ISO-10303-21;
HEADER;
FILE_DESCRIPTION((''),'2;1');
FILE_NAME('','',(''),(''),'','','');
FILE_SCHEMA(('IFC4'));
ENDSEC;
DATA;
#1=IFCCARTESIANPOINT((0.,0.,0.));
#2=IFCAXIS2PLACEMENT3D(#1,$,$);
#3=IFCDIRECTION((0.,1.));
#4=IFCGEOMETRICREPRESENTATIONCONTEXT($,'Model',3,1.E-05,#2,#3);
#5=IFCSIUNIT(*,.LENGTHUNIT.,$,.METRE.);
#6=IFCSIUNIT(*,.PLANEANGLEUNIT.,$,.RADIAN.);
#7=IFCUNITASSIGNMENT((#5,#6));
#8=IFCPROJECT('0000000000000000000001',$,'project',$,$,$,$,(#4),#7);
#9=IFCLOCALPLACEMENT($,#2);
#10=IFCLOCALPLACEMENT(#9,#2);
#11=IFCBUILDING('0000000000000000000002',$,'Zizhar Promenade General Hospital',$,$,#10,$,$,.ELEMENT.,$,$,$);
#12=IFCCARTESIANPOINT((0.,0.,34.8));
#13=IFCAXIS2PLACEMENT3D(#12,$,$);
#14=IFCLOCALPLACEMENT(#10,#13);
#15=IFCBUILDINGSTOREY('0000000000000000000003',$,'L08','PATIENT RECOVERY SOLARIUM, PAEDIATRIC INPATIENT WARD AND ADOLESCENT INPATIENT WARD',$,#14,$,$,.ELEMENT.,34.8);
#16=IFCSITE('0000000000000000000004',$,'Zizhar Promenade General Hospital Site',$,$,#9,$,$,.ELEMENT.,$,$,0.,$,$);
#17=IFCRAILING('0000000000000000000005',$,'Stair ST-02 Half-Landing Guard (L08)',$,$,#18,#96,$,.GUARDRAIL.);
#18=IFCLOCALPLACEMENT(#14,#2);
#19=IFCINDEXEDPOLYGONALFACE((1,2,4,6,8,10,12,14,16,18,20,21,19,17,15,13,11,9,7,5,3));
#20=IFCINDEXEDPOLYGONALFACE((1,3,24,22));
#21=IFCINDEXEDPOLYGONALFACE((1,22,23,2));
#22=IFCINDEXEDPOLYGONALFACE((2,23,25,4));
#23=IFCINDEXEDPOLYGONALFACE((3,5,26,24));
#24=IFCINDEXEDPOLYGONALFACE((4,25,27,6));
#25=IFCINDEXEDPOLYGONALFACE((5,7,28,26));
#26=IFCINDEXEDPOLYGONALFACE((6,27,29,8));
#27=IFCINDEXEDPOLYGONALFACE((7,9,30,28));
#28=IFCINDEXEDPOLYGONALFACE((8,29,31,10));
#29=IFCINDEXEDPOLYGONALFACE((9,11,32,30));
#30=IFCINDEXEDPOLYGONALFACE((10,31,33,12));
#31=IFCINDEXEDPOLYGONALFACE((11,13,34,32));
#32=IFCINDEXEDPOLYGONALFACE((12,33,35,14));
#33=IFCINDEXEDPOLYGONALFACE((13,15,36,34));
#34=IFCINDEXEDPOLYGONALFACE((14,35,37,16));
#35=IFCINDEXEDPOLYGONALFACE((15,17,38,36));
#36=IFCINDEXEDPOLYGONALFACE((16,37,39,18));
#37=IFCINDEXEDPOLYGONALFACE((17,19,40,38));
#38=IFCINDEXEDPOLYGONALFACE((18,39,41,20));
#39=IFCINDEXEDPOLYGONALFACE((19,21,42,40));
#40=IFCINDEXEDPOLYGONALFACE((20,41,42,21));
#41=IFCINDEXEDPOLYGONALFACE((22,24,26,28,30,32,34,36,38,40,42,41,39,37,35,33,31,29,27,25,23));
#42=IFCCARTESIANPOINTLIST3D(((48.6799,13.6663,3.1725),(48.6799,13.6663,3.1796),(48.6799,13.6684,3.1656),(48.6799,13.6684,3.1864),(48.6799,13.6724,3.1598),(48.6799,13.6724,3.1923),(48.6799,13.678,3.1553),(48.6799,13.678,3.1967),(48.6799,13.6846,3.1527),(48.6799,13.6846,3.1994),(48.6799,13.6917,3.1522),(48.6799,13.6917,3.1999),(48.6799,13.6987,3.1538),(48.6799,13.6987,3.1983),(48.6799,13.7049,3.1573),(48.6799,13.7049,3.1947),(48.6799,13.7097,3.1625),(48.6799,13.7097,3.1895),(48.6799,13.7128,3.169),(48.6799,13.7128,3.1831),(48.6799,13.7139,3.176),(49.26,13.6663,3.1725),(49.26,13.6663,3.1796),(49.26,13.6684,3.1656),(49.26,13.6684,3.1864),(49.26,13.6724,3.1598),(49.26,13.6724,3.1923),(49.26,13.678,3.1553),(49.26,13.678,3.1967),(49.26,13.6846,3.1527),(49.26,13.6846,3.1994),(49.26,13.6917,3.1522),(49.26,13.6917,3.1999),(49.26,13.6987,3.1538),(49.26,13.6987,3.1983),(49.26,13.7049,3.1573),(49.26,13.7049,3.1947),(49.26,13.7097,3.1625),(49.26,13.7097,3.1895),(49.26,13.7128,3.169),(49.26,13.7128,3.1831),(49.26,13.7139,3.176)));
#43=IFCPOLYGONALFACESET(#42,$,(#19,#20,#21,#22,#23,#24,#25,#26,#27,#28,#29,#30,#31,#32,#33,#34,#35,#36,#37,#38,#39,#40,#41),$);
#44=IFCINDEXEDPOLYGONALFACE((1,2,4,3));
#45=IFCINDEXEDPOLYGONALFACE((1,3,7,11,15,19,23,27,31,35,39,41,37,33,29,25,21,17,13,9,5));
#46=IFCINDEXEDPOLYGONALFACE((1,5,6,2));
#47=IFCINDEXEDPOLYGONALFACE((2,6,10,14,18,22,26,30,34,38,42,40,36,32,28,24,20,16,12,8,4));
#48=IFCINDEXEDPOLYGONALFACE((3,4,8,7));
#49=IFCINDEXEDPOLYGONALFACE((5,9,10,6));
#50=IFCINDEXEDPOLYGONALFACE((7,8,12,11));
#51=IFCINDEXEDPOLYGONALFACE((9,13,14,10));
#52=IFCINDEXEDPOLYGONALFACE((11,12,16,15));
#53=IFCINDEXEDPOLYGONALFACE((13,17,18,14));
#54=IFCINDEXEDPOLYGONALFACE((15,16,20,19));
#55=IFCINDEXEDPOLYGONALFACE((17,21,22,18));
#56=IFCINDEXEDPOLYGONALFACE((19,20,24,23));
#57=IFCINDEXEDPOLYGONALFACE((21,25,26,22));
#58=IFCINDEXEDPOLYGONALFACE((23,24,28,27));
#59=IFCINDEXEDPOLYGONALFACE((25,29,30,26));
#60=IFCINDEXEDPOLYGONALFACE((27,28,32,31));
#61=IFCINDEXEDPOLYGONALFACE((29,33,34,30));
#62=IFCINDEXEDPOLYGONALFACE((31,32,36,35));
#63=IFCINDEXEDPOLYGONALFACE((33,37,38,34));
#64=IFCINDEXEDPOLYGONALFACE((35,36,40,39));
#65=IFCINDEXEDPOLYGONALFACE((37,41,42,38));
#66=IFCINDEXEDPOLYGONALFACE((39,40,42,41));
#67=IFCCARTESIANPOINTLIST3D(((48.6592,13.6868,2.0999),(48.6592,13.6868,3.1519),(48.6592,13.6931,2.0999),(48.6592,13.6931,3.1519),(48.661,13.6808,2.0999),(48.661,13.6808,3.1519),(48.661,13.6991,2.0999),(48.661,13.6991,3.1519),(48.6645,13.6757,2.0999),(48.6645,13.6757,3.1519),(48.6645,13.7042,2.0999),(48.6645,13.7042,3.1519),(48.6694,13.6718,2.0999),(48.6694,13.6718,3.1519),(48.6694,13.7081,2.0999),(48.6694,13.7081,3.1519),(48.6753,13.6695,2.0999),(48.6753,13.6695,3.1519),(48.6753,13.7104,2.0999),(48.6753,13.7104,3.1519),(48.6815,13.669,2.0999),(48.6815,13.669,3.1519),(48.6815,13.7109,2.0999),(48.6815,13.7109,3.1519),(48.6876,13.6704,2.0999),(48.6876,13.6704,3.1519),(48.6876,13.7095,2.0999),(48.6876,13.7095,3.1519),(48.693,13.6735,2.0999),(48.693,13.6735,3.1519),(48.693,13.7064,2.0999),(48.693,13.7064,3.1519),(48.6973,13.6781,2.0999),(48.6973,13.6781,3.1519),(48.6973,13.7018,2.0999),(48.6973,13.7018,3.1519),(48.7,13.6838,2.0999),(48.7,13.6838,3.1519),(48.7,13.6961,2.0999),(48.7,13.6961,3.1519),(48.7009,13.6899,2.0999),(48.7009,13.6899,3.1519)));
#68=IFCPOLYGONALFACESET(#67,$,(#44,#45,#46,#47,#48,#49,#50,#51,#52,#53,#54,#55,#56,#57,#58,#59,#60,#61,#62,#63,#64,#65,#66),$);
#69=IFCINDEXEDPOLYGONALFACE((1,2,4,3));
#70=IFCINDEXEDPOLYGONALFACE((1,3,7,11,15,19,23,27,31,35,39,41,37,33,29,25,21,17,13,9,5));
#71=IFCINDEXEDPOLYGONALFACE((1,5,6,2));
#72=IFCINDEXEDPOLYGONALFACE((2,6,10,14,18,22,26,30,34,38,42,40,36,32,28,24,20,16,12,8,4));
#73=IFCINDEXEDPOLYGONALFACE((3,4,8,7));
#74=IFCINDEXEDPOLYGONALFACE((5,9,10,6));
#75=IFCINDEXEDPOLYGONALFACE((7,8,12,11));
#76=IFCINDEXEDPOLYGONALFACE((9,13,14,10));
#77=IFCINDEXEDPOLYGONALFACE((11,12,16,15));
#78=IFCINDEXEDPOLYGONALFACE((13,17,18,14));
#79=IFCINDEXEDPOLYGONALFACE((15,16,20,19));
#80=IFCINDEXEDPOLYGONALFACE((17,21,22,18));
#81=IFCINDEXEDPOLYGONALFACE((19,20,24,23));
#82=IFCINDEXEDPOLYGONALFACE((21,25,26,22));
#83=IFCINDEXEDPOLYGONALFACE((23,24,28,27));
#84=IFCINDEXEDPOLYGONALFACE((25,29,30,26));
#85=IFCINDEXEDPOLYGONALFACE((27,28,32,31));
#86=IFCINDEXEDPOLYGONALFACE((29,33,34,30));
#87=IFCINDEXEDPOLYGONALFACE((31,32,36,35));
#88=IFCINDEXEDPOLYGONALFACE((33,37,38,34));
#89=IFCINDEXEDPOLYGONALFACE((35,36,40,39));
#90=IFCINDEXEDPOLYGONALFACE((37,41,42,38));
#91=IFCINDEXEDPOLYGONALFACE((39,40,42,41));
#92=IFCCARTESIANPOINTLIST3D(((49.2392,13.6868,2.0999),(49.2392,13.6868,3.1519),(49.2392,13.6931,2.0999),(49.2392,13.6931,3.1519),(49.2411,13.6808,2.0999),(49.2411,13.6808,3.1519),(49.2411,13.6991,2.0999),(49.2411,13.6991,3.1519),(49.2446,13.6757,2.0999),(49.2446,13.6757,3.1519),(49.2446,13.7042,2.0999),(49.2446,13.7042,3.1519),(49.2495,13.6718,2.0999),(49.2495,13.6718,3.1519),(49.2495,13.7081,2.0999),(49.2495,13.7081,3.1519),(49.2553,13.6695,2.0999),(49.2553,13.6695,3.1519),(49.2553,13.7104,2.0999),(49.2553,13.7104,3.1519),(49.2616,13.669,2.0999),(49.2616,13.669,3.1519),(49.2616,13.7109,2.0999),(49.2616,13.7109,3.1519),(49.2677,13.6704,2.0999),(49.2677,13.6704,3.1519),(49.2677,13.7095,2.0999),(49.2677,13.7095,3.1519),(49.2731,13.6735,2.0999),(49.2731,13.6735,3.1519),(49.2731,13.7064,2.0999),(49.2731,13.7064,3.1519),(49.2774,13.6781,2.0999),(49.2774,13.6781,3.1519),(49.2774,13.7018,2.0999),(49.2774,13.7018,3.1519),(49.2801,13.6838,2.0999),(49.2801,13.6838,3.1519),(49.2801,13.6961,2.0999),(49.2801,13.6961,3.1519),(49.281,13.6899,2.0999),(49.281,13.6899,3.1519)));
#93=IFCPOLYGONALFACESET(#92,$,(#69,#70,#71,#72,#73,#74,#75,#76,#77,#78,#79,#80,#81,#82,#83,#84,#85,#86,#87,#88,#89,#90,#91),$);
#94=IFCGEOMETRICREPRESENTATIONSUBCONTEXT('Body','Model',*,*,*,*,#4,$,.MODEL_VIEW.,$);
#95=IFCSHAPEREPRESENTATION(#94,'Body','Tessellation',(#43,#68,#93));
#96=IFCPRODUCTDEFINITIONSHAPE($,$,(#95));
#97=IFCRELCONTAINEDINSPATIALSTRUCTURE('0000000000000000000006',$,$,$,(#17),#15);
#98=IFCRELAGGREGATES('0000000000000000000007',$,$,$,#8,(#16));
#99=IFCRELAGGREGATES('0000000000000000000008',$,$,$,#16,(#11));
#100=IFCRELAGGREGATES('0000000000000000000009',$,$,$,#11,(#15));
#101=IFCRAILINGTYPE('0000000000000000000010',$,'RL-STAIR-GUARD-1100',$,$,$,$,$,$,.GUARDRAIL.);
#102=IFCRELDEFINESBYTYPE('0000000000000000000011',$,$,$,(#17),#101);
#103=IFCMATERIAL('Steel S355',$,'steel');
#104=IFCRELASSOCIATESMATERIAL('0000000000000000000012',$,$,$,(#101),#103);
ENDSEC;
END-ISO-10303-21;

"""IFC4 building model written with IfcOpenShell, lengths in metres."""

from ifc_helpers import new_model, si_unit, direction, frame, origin, origin_2d, place, context, subcontext, project, spatial, circle, hollow_circle, extrude, material, material_profile, profile_set, type_object, element, save


model = new_model("IFC4")

# Units and contexts
model_context = context("Model", 3, precision=1e-05, world=origin(), true_north=direction((0.0, 1.0)))
body_context = subcontext(model_context, "Body", "Model", "MODEL_VIEW")
ifc_project = project(units=[si_unit("LENGTHUNIT", "METRE"), si_unit("PLANEANGLEUNIT", "RADIAN")], contexts=[model_context])

# Site, building, storey
site_placement = place(None, origin())
site = spatial("IfcSite", under=ifc_project, at=site_placement, Name="Zizhar Promenade General Hospital Site", CompositionType="ELEMENT", RefElevation=0.0)
building_placement = place(site_placement, origin())
building = spatial("IfcBuilding", under=site, at=building_placement, Name="Zizhar Promenade General Hospital", CompositionType="ELEMENT")
storey_placement = place(building_placement, frame((0.0, 0.0, 34.8)))
storey = spatial("IfcBuildingStorey", under=building, at=storey_placement, Name="L08", Description="PATIENT RECOVERY SOLARIUM, PAEDIATRIC INPATIENT WARD AND ADOLESCENT INPATIENT WARD", CompositionType="ELEMENT", Elevation=34.8)

# Railing
ifc_material_1 = material(Name="Steel S355", Category="steel")
ifc_material_profile_1 = material_profile(ifc_material_1, hollow_circle(Radius=0.0698, WallThickness=0.0063, at=origin_2d()))
ifc_profile_set_1 = profile_set([ifc_material_profile_1], Name="Steel S355")
railing_type_1 = type_object("IfcRailingType", Name="RL-STAIR-GUARD-1100", PredefinedType="GUARDRAIL", material=ifc_profile_set_1)
railing_1_placement = place(storey_placement, frame((48.6799, 13.6899, 2.0999)))
element("IfcRailing", 1, at=railing_1_placement, inside=storey, type_object=railing_type_1, Name="Stair ST-02 Half-Landing Guard (L08)", PredefinedType="GUARDRAIL", context=body_context, shape_type="SweptSolid", body=[
    extrude(circle(Radius=0.0239, at=origin_2d()), frame((0.0, 0.0, 1.0762), z_axis=(1.0, 0.0, 0.0), x_axis=(0.0, 1.0, 0.0)), (0.0, 0.0, 1.0), 0.5801),
    extrude(circle(Radius=0.021, at=origin_2d()), origin(), (0.0, 0.0, 1.0), 1.052),
    extrude(circle(Radius=0.021, at=origin_2d()), frame((0.5801, 0.0, 0.0)), (0.0, 0.0, 1.0), 1.052),
])

save(model, "model.ifc")
